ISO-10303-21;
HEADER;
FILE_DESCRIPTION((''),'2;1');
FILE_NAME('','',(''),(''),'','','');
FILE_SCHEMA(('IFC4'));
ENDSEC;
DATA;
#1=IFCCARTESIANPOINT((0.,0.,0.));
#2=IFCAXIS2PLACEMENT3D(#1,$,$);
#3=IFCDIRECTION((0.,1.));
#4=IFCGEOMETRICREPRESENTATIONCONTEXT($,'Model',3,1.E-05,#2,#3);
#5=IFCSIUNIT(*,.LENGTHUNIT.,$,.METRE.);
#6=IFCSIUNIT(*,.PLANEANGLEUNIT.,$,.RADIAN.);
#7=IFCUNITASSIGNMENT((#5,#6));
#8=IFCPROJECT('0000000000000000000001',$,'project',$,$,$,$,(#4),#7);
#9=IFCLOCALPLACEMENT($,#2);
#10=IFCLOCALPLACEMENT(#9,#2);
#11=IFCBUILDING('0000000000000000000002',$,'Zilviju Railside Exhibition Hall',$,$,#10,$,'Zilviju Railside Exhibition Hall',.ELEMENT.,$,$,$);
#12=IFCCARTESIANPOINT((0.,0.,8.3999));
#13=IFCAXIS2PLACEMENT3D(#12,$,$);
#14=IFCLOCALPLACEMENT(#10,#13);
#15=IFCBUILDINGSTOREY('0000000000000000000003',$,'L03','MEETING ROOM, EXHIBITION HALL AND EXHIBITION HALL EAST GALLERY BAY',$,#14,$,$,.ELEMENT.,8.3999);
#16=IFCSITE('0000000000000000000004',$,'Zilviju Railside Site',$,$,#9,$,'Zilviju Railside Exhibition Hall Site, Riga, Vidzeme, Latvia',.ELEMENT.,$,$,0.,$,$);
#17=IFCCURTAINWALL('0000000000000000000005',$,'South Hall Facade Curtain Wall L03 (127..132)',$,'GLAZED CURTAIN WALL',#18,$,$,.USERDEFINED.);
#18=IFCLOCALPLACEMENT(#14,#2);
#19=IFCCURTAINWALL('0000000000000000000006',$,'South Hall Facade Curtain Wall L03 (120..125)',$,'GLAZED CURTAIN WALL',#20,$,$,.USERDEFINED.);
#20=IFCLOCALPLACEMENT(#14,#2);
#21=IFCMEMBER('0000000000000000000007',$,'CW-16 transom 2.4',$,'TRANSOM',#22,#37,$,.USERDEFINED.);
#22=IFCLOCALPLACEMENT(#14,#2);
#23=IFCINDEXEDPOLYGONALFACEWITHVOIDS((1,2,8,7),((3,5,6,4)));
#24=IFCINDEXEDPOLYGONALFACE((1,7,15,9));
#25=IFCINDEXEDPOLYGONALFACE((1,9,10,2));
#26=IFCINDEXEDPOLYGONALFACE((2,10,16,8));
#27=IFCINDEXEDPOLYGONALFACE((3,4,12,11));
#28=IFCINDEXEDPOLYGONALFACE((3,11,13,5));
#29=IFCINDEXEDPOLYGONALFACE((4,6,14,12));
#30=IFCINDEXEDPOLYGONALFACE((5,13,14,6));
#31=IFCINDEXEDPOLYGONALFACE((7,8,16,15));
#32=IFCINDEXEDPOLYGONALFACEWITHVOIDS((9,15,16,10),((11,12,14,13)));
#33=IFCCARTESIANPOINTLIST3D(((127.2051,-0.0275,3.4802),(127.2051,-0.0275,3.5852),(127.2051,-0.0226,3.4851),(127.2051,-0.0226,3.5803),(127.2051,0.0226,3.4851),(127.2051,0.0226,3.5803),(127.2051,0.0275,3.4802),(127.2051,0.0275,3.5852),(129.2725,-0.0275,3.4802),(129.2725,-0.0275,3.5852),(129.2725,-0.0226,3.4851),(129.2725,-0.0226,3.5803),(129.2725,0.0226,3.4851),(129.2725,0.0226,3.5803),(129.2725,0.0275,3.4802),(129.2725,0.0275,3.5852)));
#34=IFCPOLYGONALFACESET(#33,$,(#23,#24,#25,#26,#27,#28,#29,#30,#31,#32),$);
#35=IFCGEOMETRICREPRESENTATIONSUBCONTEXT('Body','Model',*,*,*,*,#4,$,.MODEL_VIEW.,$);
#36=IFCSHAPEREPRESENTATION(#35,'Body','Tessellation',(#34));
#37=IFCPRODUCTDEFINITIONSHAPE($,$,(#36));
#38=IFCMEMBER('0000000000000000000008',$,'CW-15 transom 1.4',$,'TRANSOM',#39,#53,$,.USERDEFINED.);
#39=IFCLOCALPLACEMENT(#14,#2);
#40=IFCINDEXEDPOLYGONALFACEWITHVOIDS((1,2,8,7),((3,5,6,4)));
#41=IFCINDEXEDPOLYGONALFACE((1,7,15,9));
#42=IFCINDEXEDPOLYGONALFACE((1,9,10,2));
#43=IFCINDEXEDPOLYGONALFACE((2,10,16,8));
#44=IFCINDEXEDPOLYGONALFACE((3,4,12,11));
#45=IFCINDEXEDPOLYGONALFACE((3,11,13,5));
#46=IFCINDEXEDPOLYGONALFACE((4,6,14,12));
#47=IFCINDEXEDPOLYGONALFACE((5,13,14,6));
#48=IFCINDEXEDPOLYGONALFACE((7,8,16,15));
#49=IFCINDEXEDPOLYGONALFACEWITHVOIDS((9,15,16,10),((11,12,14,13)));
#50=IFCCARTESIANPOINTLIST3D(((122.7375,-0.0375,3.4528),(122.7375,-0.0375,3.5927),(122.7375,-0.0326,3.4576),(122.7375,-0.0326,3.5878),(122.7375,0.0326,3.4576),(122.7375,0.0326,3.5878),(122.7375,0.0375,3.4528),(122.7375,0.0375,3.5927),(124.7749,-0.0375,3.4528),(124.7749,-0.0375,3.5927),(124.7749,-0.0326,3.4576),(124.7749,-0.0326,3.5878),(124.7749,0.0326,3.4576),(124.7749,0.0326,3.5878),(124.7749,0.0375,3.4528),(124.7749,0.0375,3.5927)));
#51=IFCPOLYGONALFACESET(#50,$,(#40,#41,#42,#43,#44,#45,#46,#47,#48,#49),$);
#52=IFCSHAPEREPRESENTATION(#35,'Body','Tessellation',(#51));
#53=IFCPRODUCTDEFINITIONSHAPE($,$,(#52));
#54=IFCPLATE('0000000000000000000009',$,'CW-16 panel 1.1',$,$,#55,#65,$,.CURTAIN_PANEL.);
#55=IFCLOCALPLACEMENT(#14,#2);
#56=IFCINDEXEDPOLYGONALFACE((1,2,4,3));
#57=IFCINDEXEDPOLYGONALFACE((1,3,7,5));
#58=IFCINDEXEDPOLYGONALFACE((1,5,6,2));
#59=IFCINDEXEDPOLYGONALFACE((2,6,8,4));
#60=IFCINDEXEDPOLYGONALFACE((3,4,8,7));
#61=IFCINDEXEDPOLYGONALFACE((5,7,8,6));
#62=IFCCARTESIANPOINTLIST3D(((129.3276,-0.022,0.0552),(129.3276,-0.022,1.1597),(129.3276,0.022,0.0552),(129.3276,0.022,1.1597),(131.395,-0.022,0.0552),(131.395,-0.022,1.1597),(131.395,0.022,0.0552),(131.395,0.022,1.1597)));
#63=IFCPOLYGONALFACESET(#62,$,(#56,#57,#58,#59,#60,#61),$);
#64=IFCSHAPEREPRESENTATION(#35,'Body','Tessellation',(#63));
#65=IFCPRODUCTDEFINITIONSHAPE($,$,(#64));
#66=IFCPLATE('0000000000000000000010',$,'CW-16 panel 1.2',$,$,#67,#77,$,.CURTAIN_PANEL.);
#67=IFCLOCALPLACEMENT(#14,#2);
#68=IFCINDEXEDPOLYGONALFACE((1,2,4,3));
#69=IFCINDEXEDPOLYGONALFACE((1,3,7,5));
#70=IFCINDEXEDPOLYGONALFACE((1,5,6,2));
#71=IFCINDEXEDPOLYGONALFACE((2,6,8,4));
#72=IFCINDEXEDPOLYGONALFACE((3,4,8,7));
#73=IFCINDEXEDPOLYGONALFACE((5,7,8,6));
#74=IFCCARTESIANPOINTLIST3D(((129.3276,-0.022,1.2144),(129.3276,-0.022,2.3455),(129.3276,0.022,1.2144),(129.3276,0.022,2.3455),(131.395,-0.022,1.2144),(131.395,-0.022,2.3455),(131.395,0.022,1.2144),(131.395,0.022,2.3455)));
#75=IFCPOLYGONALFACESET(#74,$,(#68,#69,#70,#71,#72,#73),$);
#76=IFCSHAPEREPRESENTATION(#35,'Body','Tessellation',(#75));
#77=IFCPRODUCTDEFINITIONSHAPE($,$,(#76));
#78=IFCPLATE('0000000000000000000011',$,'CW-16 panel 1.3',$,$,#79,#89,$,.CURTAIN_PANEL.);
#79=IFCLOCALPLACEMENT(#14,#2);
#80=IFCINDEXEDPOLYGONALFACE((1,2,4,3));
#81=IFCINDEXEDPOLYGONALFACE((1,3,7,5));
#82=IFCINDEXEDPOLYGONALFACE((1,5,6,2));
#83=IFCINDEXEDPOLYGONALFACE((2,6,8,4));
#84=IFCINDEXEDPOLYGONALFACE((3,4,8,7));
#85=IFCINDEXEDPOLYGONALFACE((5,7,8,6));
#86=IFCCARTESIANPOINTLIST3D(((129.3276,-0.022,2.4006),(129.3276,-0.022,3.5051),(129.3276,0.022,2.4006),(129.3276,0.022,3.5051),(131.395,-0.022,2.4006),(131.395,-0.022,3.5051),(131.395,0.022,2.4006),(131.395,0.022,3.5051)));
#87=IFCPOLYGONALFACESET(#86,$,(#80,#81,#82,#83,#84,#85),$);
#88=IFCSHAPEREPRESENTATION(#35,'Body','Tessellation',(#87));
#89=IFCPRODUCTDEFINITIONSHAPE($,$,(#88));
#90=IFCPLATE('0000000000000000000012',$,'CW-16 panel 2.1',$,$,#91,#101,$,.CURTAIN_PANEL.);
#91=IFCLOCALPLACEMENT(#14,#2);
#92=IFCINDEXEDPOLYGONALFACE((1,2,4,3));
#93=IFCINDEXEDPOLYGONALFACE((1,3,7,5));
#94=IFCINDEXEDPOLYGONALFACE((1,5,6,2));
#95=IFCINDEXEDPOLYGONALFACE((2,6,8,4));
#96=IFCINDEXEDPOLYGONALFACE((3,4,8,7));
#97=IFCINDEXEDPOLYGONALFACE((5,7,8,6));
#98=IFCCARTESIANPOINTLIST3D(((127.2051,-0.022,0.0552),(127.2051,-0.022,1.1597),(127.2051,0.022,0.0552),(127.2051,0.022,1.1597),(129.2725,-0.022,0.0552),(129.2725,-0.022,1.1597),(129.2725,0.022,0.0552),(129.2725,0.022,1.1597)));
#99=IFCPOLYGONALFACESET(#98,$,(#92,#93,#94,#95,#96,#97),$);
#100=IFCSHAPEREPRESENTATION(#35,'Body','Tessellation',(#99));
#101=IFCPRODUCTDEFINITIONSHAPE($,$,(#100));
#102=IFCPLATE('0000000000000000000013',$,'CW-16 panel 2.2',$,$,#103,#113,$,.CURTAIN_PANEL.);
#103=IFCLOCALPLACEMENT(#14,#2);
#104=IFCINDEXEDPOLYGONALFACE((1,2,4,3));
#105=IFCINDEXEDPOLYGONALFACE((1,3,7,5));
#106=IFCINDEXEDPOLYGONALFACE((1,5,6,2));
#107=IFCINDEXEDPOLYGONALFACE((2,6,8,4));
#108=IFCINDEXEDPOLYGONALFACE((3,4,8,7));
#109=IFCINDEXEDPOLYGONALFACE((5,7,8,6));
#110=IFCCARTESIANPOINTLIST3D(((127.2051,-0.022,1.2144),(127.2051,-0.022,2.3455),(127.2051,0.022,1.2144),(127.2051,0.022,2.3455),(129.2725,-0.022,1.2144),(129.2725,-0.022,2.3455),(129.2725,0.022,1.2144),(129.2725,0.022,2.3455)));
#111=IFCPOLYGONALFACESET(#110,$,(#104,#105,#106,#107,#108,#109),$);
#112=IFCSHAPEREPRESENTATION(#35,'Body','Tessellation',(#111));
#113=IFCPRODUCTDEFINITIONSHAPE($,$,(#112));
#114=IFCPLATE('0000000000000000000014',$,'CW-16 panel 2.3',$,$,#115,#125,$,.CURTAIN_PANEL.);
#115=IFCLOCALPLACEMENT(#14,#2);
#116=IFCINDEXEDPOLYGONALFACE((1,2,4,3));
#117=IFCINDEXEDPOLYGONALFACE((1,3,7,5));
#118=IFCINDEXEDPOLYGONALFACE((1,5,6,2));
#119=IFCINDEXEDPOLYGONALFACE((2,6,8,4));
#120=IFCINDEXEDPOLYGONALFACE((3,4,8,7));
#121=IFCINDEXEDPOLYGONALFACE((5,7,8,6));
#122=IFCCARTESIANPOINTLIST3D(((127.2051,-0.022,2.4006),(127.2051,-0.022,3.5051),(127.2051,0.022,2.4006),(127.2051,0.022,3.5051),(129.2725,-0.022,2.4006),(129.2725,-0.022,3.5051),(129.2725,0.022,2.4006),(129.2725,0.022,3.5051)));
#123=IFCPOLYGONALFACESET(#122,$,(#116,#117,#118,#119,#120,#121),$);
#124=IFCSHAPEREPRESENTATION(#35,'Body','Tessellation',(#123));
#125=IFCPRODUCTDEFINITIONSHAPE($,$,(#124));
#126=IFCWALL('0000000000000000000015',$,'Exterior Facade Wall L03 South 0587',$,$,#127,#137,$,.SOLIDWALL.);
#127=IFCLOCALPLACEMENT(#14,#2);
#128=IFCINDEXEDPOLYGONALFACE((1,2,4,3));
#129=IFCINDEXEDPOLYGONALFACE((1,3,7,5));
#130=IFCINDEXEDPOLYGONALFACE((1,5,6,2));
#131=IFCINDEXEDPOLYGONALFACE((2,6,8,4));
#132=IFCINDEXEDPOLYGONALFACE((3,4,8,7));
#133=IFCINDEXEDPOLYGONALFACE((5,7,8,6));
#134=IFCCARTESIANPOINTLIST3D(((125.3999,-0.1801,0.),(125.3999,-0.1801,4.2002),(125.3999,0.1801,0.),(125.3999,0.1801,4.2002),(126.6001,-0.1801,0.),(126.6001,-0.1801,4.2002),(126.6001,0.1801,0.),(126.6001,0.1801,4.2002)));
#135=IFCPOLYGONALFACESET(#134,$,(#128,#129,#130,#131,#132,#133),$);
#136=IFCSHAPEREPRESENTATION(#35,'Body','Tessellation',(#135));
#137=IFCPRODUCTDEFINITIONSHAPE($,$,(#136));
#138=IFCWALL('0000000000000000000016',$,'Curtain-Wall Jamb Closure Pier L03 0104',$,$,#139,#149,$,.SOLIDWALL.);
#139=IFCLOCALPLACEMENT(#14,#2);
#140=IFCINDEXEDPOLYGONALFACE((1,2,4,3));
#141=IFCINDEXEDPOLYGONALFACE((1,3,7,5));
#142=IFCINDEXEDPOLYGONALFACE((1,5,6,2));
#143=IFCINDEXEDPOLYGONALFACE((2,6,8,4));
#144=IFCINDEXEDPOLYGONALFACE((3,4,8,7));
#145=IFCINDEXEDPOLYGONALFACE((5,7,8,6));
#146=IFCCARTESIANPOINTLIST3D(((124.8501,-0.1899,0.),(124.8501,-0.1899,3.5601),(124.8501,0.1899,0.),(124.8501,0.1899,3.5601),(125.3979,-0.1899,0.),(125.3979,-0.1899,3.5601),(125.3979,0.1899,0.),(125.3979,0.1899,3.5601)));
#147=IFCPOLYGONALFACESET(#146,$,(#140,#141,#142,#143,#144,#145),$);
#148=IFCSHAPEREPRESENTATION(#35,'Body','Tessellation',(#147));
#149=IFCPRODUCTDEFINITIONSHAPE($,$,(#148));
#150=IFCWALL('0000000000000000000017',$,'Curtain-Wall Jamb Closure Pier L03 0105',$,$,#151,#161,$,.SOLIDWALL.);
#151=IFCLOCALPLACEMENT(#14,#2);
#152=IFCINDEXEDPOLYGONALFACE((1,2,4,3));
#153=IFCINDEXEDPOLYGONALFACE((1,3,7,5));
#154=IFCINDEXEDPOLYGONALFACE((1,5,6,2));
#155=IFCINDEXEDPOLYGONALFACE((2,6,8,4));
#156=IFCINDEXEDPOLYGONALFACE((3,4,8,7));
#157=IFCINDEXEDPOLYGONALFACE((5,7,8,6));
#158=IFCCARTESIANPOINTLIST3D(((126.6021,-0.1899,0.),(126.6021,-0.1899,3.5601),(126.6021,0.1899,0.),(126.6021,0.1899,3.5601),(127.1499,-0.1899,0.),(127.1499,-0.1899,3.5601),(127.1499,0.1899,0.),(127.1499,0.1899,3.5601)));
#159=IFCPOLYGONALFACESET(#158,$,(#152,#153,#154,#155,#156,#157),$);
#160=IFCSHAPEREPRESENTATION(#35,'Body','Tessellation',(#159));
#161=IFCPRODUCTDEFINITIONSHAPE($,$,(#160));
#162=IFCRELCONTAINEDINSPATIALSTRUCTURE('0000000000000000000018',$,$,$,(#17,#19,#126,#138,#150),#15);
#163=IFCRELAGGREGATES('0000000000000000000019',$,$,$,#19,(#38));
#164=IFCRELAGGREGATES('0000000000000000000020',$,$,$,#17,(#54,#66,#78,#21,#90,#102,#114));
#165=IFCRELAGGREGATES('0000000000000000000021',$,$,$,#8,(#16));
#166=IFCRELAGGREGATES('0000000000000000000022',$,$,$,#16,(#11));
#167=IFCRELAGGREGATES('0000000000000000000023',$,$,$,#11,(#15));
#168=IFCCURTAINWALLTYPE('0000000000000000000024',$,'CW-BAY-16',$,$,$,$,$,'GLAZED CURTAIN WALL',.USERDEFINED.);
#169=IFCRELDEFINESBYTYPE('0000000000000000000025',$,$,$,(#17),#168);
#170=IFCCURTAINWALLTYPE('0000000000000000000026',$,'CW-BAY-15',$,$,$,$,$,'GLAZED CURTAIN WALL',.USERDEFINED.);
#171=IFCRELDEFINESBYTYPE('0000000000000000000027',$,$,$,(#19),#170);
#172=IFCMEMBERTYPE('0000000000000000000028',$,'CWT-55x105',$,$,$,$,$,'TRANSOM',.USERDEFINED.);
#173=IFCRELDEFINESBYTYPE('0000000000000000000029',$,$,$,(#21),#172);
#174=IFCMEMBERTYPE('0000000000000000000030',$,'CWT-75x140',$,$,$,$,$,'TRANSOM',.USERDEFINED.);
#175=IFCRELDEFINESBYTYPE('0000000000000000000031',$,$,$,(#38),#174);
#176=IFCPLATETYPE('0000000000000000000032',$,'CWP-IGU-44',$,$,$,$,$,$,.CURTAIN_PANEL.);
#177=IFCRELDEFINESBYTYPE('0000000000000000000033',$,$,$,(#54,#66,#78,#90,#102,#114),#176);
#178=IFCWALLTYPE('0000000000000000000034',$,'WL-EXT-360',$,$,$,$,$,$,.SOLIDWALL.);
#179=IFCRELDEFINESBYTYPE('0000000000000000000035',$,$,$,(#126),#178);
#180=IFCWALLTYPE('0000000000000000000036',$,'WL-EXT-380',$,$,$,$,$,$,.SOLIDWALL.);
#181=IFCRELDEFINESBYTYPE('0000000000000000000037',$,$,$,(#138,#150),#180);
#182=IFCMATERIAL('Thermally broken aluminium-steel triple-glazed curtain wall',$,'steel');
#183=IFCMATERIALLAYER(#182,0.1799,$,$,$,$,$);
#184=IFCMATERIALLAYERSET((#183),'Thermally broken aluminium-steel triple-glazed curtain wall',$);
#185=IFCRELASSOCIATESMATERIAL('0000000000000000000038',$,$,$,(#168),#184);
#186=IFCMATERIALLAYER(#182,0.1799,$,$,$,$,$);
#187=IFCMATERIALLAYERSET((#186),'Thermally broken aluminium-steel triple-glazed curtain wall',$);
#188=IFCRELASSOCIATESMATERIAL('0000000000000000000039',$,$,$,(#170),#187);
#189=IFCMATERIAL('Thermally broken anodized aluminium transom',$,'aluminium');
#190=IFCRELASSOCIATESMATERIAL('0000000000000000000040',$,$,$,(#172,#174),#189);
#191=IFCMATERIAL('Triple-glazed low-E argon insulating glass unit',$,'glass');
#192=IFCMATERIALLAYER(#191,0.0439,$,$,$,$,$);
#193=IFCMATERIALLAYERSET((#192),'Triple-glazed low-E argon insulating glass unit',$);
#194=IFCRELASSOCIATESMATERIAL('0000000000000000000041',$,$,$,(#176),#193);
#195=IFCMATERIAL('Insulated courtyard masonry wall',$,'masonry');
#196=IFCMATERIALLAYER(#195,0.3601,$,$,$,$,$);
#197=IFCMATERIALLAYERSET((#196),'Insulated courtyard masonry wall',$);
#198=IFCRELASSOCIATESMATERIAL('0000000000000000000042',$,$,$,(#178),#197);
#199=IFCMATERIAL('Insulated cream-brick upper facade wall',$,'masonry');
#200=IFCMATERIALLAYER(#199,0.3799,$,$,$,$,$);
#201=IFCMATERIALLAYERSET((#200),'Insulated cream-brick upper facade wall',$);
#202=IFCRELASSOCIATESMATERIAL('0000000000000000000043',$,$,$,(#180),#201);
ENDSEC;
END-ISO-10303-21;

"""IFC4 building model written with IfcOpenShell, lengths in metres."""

from ifc_helpers import new_model, si_unit, direction, frame, frame_2d, origin, origin_2d, place, context, subcontext, project, spatial, rectangle, hollow_rectangle, extrude, material, layer, layer_set, material_profile, profile_set, type_object, element, aggregate, save


model = new_model("IFC4")

# Units and contexts
model_context = context("Model", 3, precision=1e-05, world=origin(), true_north=direction((0.0, 1.0)))
body_context = subcontext(model_context, "Body", "Model", "MODEL_VIEW")
ifc_project = project(units=[si_unit("LENGTHUNIT", "METRE"), si_unit("PLANEANGLEUNIT", "RADIAN")], contexts=[model_context])

# Site, building, storey
site_placement = place(None, origin())
site = spatial("IfcSite", under=ifc_project, at=site_placement, Name="Zilviju Railside Site", LongName="Zilviju Railside Exhibition Hall Site, Riga, Vidzeme, Latvia", CompositionType="ELEMENT", RefElevation=0.0)
building_placement = place(site_placement, origin())
building = spatial("IfcBuilding", under=site, at=building_placement, Name="Zilviju Railside Exhibition Hall", LongName="Zilviju Railside Exhibition Hall", CompositionType="ELEMENT")
storey_placement = place(building_placement, frame((0.0, 0.0, 8.3999)))
storey = spatial("IfcBuildingStorey", under=building, at=storey_placement, Name="L03", Description="MEETING ROOM, EXHIBITION HALL AND EXHIBITION HALL EAST GALLERY BAY", CompositionType="ELEMENT", Elevation=8.3999)

# Curtain wall
ifc_material_1 = material(Name="Thermally broken aluminium-steel triple-glazed curtain wall", Category="steel")
ifc_layer_1 = layer(ifc_material_1, 0.1799)
ifc_layer_set_1 = layer_set([ifc_layer_1], Name="Thermally broken aluminium-steel triple-glazed curtain wall")
curtain_wall_type_1 = type_object("IfcCurtainWallType", Name="CW-BAY-16", ElementType="GLAZED CURTAIN WALL", PredefinedType="USERDEFINED", material=ifc_layer_set_1)
curtain_wall_1_placement = place(storey_placement, origin())
curtain_wall_1 = element("IfcCurtainWall", 1, at=curtain_wall_1_placement, inside=storey, type_object=curtain_wall_type_1, Name="South Hall Facade Curtain Wall L03 (127..132)", ObjectType="GLAZED CURTAIN WALL", PredefinedType="USERDEFINED")

# Curtain wall
ifc_layer_2 = layer(ifc_material_1, 0.1799)
ifc_layer_set_2 = layer_set([ifc_layer_2], Name="Thermally broken aluminium-steel triple-glazed curtain wall")
curtain_wall_type_2 = type_object("IfcCurtainWallType", Name="CW-BAY-15", ElementType="GLAZED CURTAIN WALL", PredefinedType="USERDEFINED", material=ifc_layer_set_2)
curtain_wall_2_placement = place(storey_placement, origin())
curtain_wall_2 = element("IfcCurtainWall", 2, at=curtain_wall_2_placement, inside=storey, type_object=curtain_wall_type_2, Name="South Hall Facade Curtain Wall L03 (120..125)", ObjectType="GLAZED CURTAIN WALL", PredefinedType="USERDEFINED")

# Members
ifc_material_2 = material(Name="Thermally broken anodized aluminium transom", Category="aluminium")
ifc_material_profile_1 = material_profile(ifc_material_2, hollow_rectangle(XDim=0.0549, YDim=0.105, WallThickness=0.0049, at=origin_2d()), Name="TRANSOM 105x55x5")
ifc_profile_set_1 = profile_set([ifc_material_profile_1], Name="Thermally broken anodized aluminium transom")
member_type_1 = type_object("IfcMemberType", Name="CWT-55x105", ElementType="TRANSOM", PredefinedType="USERDEFINED", material=ifc_profile_set_1)
member_1_placement = place(storey_placement, frame((129.2725, 0.0, 3.5327), z_axis=(-1.0, 0.0, 0.0), x_axis=(0.0, -1.0, 0.0)))
member_1 = element("IfcMember", 3, at=member_1_placement, type_object=member_type_1, Name="CW-16 transom 2.4", ObjectType="TRANSOM", PredefinedType="USERDEFINED", context=body_context, shape_type="SweptSolid", body=[
    extrude(hollow_rectangle(XDim=0.0549, YDim=0.105, WallThickness=0.0049, at=origin_2d()), origin(), (0.0, 0.0, 1.0), 2.0674),
])
ifc_material_profile_2 = material_profile(ifc_material_2, hollow_rectangle(XDim=0.075, YDim=0.1399, WallThickness=0.0049, at=origin_2d()), Name="TRANSOM 140x75x5")
ifc_profile_set_2 = profile_set([ifc_material_profile_2], Name="Thermally broken anodized aluminium transom")
member_type_2 = type_object("IfcMemberType", Name="CWT-75x140", ElementType="TRANSOM", PredefinedType="USERDEFINED", material=ifc_profile_set_2)
member_2_placement = place(storey_placement, frame((124.7749, 0.0, 3.5227), z_axis=(-1.0, 0.0, 0.0), x_axis=(0.0, -1.0, 0.0)))
member_2 = element("IfcMember", 4, at=member_2_placement, type_object=member_type_2, Name="CW-15 transom 1.4", ObjectType="TRANSOM", PredefinedType="USERDEFINED", context=body_context, shape_type="SweptSolid", body=[
    extrude(hollow_rectangle(XDim=0.075, YDim=0.1399, WallThickness=0.0049, at=origin_2d()), origin(), (0.0, 0.0, 1.0), 2.0374),
])
aggregate(curtain_wall_2, [member_2])

# Plates
ifc_material_3 = material(Name="Triple-glazed low-E argon insulating glass unit", Category="glass")
ifc_layer_3 = layer(ifc_material_3, 0.0439)
ifc_layer_set_3 = layer_set([ifc_layer_3], Name="Triple-glazed low-E argon insulating glass unit")
plate_type = type_object("IfcPlateType", Name="CWP-IGU-44", PredefinedType="CURTAIN_PANEL", material=ifc_layer_set_3)
plate_1_placement = place(storey_placement, frame((130.3613, 0.0, 0.0552), z_axis=(0.0, 0.0, 1.0), x_axis=(-1.0, 0.0, 0.0)))
plate_1 = element("IfcPlate", 5, at=plate_1_placement, type_object=plate_type, Name="CW-16 panel 1.1", PredefinedType="CURTAIN_PANEL", context=body_context, shape_type="SweptSolid", body=[
    extrude(rectangle(XDim=2.0674, YDim=0.0439, at=origin_2d()), origin(), (0.0, 0.0, 1.0), 1.1045),
])
plate_2_placement = place(storey_placement, frame((130.3613, 0.0, 1.2144), z_axis=(0.0, 0.0, 1.0), x_axis=(-1.0, 0.0, 0.0)))
plate_2 = element("IfcPlate", 6, at=plate_2_placement, type_object=plate_type, Name="CW-16 panel 1.2", PredefinedType="CURTAIN_PANEL", context=body_context, shape_type="SweptSolid", body=[
    extrude(rectangle(XDim=2.0674, YDim=0.0439, at=origin_2d()), origin(), (0.0, 0.0, 1.0), 1.1311),
])
plate_3_placement = place(storey_placement, frame((130.3613, 0.0, 2.4006), z_axis=(0.0, 0.0, 1.0), x_axis=(-1.0, 0.0, 0.0)))
plate_3 = element("IfcPlate", 7, at=plate_3_placement, type_object=plate_type, Name="CW-16 panel 1.3", PredefinedType="CURTAIN_PANEL", context=body_context, shape_type="SweptSolid", body=[
    extrude(rectangle(XDim=2.0674, YDim=0.0439, at=origin_2d()), origin(), (0.0, 0.0, 1.0), 1.1045),
])
plate_4_placement = place(storey_placement, frame((128.2388, 0.0, 0.0552), z_axis=(0.0, 0.0, 1.0), x_axis=(-1.0, 0.0, 0.0)))
plate_4 = element("IfcPlate", 8, at=plate_4_placement, type_object=plate_type, Name="CW-16 panel 2.1", PredefinedType="CURTAIN_PANEL", context=body_context, shape_type="SweptSolid", body=[
    extrude(rectangle(XDim=2.0674, YDim=0.0439, at=origin_2d()), origin(), (0.0, 0.0, 1.0), 1.1045),
])
plate_5_placement = place(storey_placement, frame((128.2388, 0.0, 1.2144), z_axis=(0.0, 0.0, 1.0), x_axis=(-1.0, 0.0, 0.0)))
plate_5 = element("IfcPlate", 9, at=plate_5_placement, type_object=plate_type, Name="CW-16 panel 2.2", PredefinedType="CURTAIN_PANEL", context=body_context, shape_type="SweptSolid", body=[
    extrude(rectangle(XDim=2.0674, YDim=0.0439, at=origin_2d()), origin(), (0.0, 0.0, 1.0), 1.1311),
])
plate_6_placement = place(storey_placement, frame((128.2388, 0.0, 2.4006), z_axis=(0.0, 0.0, 1.0), x_axis=(-1.0, 0.0, 0.0)))
plate_6 = element("IfcPlate", 10, at=plate_6_placement, type_object=plate_type, Name="CW-16 panel 2.3", PredefinedType="CURTAIN_PANEL", context=body_context, shape_type="SweptSolid", body=[
    extrude(rectangle(XDim=2.0674, YDim=0.0439, at=origin_2d()), origin(), (0.0, 0.0, 1.0), 1.1045),
])
aggregate(curtain_wall_1, [plate_1, plate_2, plate_3, member_1, plate_4, plate_5, plate_6])

# Walls
ifc_material_4 = material(Name="Insulated courtyard masonry wall", Category="masonry")
ifc_layer_4 = layer(ifc_material_4, 0.3601)
ifc_layer_set_4 = layer_set([ifc_layer_4], Name="Insulated courtyard masonry wall")
wall_type_1 = type_object("IfcWallType", Name="WL-EXT-360", PredefinedType="SOLIDWALL", material=ifc_layer_set_4)
wall_placement = place(storey_placement, frame((126.6001, 0.0, 0.0), z_axis=(0.0, 0.0, 1.0), x_axis=(-1.0, 0.0, 0.0)))
element("IfcWall", 11, at=wall_placement, inside=storey, type_object=wall_type_1, Name="Exterior Facade Wall L03 South 0587", PredefinedType="SOLIDWALL", context=body_context, shape_type="SweptSolid", body=[
    extrude(rectangle(XDim=1.2002, YDim=0.3601, at=frame_2d((0.6001, 0.0))), origin(), (0.0, 0.0, 1.0), 4.2002),
])
ifc_material_5 = material(Name="Insulated cream-brick upper facade wall", Category="masonry")
ifc_layer_5 = layer(ifc_material_5, 0.3799)
ifc_layer_set_5 = layer_set([ifc_layer_5], Name="Insulated cream-brick upper facade wall")
wall_type_2 = type_object("IfcWallType", Name="WL-EXT-380", PredefinedType="SOLIDWALL", material=ifc_layer_set_5)
for number, where, z_axis, x_axis, name in (
    (12, (125.3979, 0.0, 0.0), (0.0, 0.0, 1.0), (-1.0, 0.0, 0.0), "Curtain-Wall Jamb Closure Pier L03 0104"),
    (13, (127.1499, 0.0, 0.0), (0.0, 0.0, 1.0), (-1.0, 0.0, 0.0), "Curtain-Wall Jamb Closure Pier L03 0105"),
):
    element("IfcWall", number, at=place(storey_placement, frame(where, z_axis=z_axis, x_axis=x_axis)), inside=storey, type_object=wall_type_2, Name=name, PredefinedType="SOLIDWALL", context=body_context, shape_type="SweptSolid", body=[
        extrude(rectangle(XDim=0.5479, YDim=0.3799, at=frame_2d((0.2739, 0.0))), origin(), (0.0, 0.0, 1.0), 3.5601),
    ])

save(model, "model.ifc")
